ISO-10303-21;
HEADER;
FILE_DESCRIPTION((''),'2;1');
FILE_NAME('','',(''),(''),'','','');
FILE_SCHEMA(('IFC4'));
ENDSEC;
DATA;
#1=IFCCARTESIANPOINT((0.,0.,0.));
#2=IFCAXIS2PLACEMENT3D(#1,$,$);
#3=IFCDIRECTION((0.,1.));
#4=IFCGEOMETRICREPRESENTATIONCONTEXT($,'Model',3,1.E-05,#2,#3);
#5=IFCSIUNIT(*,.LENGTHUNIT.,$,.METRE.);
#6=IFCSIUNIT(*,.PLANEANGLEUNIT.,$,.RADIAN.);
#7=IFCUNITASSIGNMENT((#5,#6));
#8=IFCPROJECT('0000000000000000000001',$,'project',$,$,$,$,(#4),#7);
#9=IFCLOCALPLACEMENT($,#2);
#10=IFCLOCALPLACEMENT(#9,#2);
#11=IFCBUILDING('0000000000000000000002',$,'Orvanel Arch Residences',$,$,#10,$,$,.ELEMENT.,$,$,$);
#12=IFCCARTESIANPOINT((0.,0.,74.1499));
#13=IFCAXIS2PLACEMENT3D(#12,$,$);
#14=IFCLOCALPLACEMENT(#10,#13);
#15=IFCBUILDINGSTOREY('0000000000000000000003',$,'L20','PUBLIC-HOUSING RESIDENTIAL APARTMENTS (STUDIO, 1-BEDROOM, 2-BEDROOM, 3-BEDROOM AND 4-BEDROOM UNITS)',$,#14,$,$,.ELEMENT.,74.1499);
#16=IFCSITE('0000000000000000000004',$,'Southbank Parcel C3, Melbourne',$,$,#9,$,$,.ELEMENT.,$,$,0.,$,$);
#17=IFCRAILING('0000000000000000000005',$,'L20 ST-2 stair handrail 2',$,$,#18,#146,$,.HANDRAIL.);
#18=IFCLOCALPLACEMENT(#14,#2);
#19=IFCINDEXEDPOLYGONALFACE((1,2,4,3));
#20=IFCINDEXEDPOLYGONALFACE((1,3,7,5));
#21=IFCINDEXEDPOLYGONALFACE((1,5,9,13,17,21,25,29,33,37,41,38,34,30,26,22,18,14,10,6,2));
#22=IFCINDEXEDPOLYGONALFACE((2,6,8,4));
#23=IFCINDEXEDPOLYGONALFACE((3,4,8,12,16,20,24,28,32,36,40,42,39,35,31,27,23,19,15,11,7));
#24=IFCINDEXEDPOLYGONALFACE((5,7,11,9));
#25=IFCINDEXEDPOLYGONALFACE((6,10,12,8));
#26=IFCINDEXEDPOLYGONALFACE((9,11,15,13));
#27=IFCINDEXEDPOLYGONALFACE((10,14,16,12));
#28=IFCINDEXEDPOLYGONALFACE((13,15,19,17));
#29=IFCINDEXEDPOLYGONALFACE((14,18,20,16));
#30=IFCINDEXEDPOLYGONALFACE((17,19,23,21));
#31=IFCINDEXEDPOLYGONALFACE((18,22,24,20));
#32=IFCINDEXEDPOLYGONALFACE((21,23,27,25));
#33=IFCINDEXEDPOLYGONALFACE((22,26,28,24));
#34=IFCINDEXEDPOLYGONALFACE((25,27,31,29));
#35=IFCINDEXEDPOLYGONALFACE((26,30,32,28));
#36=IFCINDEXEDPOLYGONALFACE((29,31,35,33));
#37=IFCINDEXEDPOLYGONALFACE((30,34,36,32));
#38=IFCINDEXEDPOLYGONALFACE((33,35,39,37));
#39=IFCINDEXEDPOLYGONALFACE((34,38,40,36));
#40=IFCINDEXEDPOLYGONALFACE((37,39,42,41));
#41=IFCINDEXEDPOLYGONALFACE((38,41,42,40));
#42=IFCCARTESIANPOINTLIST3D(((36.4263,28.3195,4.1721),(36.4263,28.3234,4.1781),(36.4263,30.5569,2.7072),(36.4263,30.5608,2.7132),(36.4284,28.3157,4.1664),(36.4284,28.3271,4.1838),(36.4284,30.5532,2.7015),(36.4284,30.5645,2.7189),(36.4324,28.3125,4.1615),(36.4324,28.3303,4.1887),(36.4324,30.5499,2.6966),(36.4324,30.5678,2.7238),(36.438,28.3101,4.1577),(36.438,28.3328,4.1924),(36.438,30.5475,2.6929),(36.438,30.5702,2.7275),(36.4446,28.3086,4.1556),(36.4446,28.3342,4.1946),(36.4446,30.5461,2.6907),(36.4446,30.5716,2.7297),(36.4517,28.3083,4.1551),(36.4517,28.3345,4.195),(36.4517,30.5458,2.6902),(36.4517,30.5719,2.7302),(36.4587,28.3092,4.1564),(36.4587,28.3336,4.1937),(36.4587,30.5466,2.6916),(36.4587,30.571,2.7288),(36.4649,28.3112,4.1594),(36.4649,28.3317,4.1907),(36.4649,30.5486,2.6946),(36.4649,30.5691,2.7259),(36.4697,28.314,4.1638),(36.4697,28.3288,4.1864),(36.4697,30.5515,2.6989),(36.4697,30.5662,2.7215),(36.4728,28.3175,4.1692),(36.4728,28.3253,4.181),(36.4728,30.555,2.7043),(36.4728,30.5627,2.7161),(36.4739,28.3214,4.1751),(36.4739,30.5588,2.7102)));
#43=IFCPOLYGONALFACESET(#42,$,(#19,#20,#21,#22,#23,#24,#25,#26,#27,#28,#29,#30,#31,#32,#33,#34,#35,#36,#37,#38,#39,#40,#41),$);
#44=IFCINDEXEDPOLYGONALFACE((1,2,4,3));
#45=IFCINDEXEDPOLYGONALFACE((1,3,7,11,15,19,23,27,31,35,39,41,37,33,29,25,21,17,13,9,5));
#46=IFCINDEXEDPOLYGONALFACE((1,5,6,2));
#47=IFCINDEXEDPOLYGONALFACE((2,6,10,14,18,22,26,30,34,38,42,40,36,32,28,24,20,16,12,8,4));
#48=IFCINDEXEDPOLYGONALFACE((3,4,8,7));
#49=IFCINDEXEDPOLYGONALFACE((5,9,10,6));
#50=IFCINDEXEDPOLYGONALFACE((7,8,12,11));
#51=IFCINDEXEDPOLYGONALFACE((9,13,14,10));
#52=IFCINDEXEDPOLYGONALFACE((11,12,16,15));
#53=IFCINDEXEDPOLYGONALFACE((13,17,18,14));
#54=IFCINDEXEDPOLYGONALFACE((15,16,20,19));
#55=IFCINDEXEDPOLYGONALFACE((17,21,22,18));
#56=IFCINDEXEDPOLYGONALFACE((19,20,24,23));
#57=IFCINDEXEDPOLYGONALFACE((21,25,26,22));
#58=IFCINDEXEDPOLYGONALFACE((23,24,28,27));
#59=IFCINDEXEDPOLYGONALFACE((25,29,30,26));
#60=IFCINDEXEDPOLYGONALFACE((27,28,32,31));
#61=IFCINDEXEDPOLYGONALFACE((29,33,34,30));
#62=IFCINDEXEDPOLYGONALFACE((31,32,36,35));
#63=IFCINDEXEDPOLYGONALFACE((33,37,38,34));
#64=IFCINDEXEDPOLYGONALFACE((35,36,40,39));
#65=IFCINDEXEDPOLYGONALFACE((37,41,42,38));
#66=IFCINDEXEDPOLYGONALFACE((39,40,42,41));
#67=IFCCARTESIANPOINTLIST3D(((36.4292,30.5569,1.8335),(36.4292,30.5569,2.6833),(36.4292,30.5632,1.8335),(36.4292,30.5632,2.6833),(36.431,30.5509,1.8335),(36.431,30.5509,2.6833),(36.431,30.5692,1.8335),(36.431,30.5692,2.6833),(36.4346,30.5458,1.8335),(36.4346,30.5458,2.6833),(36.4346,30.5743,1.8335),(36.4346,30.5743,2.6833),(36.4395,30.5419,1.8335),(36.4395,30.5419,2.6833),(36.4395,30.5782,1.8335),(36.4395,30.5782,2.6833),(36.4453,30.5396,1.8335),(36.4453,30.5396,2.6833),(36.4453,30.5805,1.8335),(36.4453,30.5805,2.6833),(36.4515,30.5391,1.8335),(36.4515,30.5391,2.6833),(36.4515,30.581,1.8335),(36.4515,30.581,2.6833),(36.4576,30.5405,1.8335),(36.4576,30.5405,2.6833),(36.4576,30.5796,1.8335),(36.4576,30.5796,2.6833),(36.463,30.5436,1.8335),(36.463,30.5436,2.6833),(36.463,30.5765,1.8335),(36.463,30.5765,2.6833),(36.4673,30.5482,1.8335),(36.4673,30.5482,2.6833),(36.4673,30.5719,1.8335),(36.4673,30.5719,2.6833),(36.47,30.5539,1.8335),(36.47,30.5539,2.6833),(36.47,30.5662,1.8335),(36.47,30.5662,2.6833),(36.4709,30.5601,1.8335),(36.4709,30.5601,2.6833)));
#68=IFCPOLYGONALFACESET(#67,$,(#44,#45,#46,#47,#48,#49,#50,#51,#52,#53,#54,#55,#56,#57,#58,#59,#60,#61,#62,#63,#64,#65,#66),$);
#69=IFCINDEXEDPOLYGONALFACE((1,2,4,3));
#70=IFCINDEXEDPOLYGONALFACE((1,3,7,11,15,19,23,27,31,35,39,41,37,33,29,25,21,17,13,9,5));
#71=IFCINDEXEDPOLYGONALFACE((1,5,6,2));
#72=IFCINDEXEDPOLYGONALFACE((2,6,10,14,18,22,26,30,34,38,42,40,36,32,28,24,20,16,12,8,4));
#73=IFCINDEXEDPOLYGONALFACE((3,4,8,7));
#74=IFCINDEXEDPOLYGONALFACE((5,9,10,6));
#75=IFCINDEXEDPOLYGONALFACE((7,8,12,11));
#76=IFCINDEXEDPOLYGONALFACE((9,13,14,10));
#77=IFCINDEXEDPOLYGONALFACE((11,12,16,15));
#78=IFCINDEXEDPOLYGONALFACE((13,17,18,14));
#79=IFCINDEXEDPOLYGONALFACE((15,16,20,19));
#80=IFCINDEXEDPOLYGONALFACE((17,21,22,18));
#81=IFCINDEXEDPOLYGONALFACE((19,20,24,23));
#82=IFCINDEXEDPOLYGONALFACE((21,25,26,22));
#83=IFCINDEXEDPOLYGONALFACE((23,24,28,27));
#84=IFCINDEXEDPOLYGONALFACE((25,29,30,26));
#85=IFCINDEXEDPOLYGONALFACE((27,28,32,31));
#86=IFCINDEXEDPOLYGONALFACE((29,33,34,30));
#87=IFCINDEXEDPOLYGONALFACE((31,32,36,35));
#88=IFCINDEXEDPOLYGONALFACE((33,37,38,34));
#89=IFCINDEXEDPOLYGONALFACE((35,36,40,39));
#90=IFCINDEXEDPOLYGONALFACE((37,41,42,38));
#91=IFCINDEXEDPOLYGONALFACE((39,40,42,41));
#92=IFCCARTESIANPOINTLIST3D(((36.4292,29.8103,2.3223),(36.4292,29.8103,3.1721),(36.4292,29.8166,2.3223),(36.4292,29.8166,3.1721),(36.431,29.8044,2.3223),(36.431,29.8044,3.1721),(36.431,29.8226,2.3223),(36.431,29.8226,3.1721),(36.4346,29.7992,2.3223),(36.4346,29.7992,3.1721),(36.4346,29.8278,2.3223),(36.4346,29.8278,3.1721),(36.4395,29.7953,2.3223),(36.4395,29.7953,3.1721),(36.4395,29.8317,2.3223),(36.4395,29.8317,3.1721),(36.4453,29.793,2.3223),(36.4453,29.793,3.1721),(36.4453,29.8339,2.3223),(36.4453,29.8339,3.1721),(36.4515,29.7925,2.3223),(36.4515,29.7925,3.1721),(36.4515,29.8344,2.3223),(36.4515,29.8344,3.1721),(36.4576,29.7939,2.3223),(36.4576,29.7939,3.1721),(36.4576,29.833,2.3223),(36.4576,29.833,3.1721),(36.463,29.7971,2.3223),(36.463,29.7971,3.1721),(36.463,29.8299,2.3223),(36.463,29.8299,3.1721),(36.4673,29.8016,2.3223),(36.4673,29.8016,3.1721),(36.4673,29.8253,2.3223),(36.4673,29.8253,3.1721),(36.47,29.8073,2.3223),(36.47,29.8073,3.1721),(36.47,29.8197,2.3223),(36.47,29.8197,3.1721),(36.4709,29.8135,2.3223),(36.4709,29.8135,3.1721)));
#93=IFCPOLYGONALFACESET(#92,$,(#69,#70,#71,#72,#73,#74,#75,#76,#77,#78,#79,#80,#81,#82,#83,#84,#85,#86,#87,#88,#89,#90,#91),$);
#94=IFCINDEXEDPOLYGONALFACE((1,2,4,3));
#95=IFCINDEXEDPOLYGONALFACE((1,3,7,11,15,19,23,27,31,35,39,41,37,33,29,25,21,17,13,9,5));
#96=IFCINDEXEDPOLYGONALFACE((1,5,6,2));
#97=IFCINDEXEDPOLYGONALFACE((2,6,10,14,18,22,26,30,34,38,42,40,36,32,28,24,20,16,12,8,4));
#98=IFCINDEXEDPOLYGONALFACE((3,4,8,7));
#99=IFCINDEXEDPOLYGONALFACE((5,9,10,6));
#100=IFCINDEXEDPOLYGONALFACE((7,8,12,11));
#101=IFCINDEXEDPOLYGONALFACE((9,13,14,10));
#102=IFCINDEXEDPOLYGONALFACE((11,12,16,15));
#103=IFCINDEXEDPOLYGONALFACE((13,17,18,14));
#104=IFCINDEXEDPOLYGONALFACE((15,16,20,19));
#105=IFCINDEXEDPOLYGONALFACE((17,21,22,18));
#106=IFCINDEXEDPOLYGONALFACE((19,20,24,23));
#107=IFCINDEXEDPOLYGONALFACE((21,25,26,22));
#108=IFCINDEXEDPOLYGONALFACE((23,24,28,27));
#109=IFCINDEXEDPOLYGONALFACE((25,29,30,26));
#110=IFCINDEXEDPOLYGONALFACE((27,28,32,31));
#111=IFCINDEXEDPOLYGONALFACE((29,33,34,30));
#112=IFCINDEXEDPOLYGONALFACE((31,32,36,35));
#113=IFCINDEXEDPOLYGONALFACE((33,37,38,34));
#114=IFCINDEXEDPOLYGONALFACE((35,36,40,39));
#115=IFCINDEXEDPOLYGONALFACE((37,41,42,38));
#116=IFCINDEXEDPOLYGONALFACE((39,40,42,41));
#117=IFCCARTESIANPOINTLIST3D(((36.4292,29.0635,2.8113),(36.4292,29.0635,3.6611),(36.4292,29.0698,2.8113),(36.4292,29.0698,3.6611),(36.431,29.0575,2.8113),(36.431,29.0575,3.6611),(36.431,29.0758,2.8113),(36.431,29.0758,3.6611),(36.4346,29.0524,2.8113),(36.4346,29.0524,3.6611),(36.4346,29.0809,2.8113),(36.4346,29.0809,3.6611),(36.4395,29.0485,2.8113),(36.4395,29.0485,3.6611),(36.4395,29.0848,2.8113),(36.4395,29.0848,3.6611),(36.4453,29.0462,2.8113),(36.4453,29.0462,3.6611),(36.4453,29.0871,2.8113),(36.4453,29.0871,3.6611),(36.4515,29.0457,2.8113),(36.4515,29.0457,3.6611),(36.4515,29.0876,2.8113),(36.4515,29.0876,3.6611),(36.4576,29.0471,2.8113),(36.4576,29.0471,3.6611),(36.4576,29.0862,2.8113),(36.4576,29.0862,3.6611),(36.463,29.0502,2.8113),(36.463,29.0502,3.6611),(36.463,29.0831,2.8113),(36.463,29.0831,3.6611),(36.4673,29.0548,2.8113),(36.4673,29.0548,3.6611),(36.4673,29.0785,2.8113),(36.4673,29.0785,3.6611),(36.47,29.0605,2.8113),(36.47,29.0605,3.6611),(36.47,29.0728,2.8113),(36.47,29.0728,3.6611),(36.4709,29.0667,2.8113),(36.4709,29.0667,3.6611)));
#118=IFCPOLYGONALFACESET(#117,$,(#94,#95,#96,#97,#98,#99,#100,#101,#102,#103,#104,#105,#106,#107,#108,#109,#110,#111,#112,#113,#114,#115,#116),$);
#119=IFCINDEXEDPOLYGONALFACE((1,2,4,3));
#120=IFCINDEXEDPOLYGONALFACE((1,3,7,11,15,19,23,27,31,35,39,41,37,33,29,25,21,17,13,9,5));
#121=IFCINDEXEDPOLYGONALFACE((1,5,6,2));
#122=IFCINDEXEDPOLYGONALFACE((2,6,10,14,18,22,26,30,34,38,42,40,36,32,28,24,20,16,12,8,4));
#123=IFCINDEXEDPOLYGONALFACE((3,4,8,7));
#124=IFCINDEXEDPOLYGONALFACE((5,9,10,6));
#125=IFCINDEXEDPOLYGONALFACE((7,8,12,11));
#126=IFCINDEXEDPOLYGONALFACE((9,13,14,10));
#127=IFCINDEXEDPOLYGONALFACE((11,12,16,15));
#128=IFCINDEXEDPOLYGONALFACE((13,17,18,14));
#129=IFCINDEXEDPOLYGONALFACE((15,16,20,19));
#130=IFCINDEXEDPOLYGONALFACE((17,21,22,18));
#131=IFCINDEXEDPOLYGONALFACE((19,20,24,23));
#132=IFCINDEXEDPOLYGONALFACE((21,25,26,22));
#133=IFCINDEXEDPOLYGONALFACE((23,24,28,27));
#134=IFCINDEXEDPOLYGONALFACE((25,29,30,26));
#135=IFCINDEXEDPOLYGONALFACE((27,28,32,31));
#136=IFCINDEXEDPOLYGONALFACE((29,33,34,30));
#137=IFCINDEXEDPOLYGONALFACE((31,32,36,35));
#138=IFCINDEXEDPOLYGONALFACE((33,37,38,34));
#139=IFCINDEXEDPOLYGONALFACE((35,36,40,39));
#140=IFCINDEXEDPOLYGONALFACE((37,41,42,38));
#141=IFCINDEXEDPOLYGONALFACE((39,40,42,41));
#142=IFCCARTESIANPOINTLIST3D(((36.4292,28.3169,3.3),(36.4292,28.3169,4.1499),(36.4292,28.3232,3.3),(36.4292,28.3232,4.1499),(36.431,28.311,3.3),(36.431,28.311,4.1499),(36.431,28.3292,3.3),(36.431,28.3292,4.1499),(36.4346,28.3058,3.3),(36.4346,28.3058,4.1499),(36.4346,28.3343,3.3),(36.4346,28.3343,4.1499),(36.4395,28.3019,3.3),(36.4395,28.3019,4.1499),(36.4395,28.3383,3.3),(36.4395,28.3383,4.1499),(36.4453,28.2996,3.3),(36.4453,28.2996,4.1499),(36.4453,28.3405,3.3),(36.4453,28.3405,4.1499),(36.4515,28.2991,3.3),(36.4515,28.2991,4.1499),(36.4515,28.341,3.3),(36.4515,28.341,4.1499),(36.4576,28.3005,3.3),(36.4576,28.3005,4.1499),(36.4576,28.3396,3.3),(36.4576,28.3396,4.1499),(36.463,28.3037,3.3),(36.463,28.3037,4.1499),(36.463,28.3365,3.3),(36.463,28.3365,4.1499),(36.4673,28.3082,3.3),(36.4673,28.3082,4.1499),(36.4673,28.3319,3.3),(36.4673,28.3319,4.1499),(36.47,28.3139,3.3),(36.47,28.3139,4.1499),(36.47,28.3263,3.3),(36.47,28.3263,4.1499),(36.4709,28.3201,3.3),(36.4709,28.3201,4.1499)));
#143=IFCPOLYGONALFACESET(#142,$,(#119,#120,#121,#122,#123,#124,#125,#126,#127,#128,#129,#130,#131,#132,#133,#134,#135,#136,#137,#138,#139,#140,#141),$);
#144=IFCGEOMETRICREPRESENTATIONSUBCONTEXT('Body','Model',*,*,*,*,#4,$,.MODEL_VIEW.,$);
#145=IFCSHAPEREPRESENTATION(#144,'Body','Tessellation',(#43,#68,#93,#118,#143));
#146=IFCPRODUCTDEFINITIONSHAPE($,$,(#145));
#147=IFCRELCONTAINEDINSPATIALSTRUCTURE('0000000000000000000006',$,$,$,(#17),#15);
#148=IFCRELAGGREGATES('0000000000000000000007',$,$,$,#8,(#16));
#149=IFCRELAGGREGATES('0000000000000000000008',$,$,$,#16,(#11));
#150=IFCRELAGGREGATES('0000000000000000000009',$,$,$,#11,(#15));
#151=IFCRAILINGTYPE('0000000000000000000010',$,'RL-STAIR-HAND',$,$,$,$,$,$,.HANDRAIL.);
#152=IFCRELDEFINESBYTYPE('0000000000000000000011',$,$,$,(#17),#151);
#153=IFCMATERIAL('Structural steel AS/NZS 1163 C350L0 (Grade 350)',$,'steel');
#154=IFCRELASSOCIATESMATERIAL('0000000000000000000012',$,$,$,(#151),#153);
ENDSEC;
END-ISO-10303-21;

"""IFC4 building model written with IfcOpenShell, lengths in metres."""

from ifc_helpers import new_model, si_unit, direction, frame, origin, origin_2d, place, context, subcontext, project, spatial, circle, extrude, material, type_object, element, save


model = new_model("IFC4")

# Units and contexts
model_context = context("Model", 3, precision=1e-05, world=origin(), true_north=direction((0.0, 1.0)))
body_context = subcontext(model_context, "Body", "Model", "MODEL_VIEW")
ifc_project = project(units=[si_unit("LENGTHUNIT", "METRE"), si_unit("PLANEANGLEUNIT", "RADIAN")], contexts=[model_context])

# Site, building, storey
site_placement = place(None, origin())
site = spatial("IfcSite", under=ifc_project, at=site_placement, Name="Southbank Parcel C3, Melbourne", CompositionType="ELEMENT", RefElevation=0.0)
building_placement = place(site_placement, origin())
building = spatial("IfcBuilding", under=site, at=building_placement, Name="Orvanel Arch Residences", CompositionType="ELEMENT")
storey_placement = place(building_placement, frame((0.0, 0.0, 74.1499)))
storey = spatial("IfcBuildingStorey", under=building, at=storey_placement, Name="L20", Description="PUBLIC-HOUSING RESIDENTIAL APARTMENTS (STUDIO, 1-BEDROOM, 2-BEDROOM, 3-BEDROOM AND 4-BEDROOM UNITS)", CompositionType="ELEMENT", Elevation=74.1499)

# Railing
ifc_material_1 = material(Name="Structural steel AS/NZS 1163 C350L0 (Grade 350)", Category="steel")
railing_type_1 = type_object("IfcRailingType", Name="RL-STAIR-HAND", PredefinedType="HANDRAIL", material=ifc_material_1)
railing_1_placement = place(storey_placement, frame((36.45, 30.5601, 1.8335)))
element("IfcRailing", 1, at=railing_1_placement, inside=storey, type_object=railing_type_1, Name="L20 ST-2 stair handrail 2", PredefinedType="HANDRAIL", context=body_context, shape_type="SweptSolid", body=[
    extrude(circle(Radius=0.0239, at=origin_2d()), frame((0.0, -0.0012, 0.8767), z_axis=(0.0, -0.836637, 0.547758), x_axis=(1.0, 0.0, 0.0)), (0.0, 0.0, 1.0), 2.6743),
    extrude(circle(Radius=0.021, at=origin_2d()), origin(), (0.0, 0.0, 1.0), 0.8499),
    extrude(circle(Radius=0.021, at=origin_2d()), frame((0.0, -0.7466, 0.4888)), (0.0, 0.0, 1.0), 0.8499),
    extrude(circle(Radius=0.021, at=origin_2d()), frame((0.0, -1.4934, 0.9778)), (0.0, 0.0, 1.0), 0.8499),
    extrude(circle(Radius=0.021, at=origin_2d()), frame((0.0, -2.24, 1.4666)), (0.0, 0.0, 1.0), 0.8499),
])

save(model, "model.ifc")
